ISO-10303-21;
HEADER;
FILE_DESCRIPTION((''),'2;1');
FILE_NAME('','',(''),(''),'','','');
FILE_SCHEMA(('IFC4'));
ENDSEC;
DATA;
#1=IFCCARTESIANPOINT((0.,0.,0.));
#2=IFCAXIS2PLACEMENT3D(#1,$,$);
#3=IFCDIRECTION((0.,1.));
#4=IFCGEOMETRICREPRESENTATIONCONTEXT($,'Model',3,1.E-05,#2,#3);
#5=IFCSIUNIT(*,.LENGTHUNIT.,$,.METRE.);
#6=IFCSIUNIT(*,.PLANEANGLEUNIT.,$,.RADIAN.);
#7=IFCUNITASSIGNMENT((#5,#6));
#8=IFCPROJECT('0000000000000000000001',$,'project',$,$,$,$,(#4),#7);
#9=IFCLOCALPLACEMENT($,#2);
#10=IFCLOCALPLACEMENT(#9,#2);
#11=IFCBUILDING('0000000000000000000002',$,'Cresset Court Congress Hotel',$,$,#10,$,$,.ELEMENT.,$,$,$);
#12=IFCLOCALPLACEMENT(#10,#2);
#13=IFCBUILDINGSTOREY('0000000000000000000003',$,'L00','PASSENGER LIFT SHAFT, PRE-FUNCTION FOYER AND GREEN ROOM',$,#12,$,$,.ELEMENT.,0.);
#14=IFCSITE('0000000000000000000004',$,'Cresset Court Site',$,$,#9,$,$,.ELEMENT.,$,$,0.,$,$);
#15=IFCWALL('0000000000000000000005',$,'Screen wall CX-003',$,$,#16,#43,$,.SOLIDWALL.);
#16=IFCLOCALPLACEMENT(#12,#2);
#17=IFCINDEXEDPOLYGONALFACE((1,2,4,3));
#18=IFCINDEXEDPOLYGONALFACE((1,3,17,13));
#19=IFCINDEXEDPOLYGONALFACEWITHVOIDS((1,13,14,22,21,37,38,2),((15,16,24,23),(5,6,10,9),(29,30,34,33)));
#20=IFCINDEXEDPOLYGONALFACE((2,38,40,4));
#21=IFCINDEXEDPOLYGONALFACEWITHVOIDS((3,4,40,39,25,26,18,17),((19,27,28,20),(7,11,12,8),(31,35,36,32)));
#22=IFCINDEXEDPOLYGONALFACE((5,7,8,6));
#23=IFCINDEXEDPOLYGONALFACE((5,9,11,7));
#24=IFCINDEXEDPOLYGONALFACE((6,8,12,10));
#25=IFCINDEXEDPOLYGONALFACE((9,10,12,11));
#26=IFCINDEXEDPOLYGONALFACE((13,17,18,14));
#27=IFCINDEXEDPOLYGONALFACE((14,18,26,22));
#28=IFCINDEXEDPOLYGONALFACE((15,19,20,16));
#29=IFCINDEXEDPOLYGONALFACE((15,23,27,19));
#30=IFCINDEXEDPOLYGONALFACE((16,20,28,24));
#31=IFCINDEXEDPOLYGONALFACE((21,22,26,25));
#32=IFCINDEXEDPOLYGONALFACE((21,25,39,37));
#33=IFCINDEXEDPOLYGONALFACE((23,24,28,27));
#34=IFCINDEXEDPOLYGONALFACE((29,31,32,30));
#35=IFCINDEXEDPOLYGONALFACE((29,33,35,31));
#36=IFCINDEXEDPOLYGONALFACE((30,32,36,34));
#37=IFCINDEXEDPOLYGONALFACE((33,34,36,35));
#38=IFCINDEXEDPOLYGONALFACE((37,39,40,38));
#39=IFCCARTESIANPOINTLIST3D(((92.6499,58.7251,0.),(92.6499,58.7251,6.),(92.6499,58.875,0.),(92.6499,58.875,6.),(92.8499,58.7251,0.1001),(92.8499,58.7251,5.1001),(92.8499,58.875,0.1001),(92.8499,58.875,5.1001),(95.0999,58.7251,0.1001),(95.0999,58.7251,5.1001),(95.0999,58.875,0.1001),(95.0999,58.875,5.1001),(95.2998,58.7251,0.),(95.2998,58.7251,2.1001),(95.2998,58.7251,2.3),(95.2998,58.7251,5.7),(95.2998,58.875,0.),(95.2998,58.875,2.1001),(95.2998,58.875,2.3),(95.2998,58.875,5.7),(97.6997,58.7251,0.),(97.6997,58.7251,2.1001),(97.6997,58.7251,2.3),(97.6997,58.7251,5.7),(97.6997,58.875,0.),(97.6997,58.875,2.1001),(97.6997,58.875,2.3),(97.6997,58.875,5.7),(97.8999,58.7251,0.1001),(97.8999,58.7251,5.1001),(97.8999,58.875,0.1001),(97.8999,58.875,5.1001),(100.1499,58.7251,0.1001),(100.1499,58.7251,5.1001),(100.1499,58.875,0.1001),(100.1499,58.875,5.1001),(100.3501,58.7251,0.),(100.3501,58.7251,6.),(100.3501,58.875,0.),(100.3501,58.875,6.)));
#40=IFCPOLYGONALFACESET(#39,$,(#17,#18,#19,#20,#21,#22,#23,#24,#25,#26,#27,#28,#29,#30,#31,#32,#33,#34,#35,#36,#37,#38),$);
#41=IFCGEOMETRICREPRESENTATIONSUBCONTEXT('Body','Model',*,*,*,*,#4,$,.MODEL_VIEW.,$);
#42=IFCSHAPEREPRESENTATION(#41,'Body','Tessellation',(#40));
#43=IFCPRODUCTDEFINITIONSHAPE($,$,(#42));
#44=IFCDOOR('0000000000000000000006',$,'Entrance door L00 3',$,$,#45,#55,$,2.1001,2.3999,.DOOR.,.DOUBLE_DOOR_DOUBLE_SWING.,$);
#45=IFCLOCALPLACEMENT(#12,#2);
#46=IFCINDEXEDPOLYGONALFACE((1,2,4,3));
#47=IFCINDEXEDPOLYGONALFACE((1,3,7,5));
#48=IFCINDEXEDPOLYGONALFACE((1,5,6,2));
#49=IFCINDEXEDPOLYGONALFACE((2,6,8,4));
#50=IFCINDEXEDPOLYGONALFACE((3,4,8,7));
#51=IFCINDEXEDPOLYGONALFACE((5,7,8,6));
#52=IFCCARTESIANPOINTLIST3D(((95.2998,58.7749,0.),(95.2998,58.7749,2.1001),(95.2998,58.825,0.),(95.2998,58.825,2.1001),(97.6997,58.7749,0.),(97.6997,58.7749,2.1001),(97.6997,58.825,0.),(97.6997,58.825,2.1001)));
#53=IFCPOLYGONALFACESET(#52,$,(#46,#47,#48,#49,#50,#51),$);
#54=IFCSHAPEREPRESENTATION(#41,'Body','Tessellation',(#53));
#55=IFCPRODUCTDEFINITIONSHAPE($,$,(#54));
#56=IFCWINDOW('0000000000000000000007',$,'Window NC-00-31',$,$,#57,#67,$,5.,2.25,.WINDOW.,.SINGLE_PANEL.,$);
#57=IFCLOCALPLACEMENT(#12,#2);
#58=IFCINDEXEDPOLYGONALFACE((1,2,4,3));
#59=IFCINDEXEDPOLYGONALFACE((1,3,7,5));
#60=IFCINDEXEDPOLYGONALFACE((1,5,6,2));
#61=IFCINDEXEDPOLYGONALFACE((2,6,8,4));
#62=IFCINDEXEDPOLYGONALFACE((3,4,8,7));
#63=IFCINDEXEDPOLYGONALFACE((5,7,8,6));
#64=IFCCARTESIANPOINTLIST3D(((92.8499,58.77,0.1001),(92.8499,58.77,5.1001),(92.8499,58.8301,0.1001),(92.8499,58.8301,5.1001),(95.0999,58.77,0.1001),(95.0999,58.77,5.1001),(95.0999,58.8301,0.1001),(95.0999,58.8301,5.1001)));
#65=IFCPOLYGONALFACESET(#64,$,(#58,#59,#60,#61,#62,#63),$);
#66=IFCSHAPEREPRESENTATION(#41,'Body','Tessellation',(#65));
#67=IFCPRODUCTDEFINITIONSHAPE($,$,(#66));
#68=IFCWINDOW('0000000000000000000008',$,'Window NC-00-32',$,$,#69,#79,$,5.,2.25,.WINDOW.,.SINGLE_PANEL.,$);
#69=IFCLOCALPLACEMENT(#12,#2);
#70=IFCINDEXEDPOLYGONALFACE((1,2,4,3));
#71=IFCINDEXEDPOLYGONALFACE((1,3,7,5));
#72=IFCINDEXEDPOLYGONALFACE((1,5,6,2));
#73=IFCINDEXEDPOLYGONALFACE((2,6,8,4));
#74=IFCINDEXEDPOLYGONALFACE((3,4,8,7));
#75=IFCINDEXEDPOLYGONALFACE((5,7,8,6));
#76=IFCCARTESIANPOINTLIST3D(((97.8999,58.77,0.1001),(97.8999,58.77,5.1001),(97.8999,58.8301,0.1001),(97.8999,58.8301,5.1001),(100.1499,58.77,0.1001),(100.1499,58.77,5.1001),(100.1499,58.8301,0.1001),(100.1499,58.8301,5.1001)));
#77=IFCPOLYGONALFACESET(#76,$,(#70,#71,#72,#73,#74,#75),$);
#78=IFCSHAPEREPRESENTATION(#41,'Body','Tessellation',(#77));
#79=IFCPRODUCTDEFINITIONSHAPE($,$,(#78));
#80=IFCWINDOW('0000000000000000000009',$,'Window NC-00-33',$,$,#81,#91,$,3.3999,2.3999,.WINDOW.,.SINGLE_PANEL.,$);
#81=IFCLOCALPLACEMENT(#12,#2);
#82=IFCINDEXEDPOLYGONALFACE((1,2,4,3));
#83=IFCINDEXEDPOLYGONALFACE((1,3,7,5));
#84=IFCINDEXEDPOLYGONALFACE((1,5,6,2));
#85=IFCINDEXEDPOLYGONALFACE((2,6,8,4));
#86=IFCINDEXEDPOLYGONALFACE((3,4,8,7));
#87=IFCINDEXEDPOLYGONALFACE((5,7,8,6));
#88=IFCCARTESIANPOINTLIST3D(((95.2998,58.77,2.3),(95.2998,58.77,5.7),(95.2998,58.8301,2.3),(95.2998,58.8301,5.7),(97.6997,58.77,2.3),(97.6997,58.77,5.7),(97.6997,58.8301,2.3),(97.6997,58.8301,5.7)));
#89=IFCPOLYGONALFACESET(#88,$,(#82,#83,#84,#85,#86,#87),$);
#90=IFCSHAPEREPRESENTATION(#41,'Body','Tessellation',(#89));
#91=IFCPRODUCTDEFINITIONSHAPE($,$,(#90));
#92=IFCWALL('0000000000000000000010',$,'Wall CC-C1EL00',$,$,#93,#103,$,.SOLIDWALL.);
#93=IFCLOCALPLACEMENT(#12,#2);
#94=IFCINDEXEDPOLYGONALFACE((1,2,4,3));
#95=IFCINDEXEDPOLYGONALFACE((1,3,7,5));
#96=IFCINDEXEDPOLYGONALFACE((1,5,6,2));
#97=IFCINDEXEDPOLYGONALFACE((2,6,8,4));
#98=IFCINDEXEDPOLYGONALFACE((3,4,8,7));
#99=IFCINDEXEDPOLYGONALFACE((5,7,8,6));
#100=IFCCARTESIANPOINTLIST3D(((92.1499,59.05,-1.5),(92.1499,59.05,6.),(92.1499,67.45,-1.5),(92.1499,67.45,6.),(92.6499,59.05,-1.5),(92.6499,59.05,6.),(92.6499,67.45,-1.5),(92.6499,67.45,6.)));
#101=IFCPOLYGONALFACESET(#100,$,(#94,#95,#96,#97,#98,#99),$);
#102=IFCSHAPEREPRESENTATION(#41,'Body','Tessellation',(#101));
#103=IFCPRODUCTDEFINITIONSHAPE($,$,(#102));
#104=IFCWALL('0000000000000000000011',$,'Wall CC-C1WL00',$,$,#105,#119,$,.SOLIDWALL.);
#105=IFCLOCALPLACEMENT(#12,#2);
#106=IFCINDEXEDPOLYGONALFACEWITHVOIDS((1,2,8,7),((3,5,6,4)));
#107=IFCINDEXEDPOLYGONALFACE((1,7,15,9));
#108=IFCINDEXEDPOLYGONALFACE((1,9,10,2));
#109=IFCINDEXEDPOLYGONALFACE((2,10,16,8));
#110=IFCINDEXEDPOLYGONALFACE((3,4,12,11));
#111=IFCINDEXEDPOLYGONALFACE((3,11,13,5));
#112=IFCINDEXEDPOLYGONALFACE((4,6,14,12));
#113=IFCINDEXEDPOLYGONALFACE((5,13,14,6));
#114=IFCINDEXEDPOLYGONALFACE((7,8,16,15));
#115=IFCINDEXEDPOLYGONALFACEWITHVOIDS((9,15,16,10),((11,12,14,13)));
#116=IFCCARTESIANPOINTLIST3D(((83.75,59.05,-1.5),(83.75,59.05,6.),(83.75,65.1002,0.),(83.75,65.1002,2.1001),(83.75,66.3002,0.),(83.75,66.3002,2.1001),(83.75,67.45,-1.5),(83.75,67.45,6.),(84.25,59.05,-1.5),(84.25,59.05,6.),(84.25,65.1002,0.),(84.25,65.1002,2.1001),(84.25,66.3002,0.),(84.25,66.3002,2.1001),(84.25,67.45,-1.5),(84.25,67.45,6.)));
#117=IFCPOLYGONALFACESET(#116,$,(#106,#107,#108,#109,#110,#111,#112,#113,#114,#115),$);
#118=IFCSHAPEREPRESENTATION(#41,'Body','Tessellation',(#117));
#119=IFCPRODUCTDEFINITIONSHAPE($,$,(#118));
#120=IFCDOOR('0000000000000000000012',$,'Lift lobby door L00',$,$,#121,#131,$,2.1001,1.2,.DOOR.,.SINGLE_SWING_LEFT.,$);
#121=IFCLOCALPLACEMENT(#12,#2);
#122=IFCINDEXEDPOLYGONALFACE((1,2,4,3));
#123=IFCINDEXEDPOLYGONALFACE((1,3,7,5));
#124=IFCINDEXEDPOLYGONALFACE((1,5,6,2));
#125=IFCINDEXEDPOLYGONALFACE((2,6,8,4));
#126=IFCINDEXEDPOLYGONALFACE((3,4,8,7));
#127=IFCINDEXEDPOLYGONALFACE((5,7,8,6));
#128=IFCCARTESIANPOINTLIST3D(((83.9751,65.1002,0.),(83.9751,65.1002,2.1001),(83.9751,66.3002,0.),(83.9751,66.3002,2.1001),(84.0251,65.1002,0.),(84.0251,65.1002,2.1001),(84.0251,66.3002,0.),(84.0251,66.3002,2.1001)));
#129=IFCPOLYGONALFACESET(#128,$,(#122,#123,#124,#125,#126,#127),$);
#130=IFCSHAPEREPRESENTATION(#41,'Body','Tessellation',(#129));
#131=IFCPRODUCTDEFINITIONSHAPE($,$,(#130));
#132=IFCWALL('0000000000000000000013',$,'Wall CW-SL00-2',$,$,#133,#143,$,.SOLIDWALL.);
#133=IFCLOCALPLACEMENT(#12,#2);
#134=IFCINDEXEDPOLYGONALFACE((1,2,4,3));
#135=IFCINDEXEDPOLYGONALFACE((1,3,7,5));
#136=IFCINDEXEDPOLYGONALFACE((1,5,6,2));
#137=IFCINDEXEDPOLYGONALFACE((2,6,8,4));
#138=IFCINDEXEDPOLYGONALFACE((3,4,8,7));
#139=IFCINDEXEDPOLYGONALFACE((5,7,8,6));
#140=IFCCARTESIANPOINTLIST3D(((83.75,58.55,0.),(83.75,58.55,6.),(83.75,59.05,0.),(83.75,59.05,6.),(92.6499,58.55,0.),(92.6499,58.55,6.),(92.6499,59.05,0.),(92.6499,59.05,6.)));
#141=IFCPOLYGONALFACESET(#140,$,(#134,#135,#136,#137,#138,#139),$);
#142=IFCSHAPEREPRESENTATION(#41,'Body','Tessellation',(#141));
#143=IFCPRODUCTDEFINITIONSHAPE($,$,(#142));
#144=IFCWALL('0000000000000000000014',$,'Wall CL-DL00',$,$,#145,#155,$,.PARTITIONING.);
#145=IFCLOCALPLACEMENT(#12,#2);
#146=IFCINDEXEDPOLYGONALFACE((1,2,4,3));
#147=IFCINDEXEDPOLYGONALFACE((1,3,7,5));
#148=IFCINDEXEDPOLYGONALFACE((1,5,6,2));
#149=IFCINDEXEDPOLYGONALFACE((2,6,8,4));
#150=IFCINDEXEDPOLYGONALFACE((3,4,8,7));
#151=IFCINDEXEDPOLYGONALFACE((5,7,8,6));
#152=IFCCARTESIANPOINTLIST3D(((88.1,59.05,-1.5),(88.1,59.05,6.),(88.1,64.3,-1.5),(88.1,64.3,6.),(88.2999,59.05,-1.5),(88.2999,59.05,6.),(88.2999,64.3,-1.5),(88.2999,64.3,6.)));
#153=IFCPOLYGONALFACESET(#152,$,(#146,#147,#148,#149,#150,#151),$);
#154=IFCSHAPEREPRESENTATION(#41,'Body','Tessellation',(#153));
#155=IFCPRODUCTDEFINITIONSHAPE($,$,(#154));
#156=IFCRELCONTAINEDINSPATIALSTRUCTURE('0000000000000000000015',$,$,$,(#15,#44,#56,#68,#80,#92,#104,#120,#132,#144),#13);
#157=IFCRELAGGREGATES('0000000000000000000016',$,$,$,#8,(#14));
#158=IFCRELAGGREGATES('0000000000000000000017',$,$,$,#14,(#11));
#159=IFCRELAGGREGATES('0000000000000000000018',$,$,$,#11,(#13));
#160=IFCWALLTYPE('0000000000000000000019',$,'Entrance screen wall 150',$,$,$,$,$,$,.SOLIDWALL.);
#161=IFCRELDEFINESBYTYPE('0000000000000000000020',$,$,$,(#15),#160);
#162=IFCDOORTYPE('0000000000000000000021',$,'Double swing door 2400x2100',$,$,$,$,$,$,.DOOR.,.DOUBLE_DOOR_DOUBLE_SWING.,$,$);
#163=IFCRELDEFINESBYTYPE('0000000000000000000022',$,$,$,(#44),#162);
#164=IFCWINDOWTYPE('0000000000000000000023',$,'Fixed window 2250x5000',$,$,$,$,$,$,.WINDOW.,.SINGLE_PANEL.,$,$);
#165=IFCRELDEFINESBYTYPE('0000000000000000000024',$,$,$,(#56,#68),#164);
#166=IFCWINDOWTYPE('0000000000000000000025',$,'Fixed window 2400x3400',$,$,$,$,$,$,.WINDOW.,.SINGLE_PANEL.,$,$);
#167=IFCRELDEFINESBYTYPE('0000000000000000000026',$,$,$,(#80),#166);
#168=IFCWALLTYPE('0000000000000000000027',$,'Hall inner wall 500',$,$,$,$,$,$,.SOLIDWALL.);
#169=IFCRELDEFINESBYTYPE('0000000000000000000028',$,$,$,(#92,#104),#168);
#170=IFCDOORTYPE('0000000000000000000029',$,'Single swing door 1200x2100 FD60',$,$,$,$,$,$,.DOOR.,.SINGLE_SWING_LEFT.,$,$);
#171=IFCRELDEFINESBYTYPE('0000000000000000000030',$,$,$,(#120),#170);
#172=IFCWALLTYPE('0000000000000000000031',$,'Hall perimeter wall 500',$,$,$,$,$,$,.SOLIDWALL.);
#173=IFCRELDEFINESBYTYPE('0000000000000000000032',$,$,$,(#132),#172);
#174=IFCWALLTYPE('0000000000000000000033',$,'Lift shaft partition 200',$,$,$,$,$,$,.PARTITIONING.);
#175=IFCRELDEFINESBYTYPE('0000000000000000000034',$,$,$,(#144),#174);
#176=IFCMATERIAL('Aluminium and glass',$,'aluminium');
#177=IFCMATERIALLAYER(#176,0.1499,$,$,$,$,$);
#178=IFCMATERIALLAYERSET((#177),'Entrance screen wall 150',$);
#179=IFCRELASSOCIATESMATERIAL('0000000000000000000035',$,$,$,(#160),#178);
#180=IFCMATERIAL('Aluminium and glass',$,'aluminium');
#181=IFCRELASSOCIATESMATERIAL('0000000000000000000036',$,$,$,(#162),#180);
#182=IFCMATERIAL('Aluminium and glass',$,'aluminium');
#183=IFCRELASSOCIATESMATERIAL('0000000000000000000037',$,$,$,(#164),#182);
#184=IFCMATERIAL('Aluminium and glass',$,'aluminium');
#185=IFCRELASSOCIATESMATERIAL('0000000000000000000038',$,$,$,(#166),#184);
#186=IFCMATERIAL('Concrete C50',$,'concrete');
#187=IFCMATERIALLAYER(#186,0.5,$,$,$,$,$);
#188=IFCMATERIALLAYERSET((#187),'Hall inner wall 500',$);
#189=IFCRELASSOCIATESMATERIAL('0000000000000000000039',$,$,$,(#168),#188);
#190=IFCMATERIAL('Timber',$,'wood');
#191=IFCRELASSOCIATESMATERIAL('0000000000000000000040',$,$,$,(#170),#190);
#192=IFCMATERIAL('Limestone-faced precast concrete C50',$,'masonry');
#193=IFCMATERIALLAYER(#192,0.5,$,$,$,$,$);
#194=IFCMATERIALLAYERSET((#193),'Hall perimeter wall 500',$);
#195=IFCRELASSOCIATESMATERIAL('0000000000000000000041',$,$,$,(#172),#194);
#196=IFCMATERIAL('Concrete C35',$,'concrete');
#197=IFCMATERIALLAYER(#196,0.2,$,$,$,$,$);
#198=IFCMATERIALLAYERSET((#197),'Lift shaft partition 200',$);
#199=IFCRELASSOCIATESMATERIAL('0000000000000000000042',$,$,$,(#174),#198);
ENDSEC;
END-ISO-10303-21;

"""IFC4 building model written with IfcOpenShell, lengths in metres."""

from ifc_helpers import new_model, si_unit, direction, frame, frame_2d, origin, place, context, subcontext, project, spatial, rectangle, extrude, material, layer, layer_set, type_object, element, fill, save


model = new_model("IFC4")

# Units and contexts
model_context = context("Model", 3, precision=1e-05, world=origin(), true_north=direction((0.0, 1.0)))
body_context = subcontext(model_context, "Body", "Model", "MODEL_VIEW")
ifc_project = project(units=[si_unit("LENGTHUNIT", "METRE"), si_unit("PLANEANGLEUNIT", "RADIAN")], contexts=[model_context])

# Site, building, storey
site_placement = place(None, origin())
site = spatial("IfcSite", under=ifc_project, at=site_placement, Name="Cresset Court Site", CompositionType="ELEMENT", RefElevation=0.0)
building_placement = place(site_placement, origin())
building = spatial("IfcBuilding", under=site, at=building_placement, Name="Cresset Court Congress Hotel", CompositionType="ELEMENT")
storey_placement = place(building_placement, origin())
storey = spatial("IfcBuildingStorey", under=building, at=storey_placement, Name="L00", Description="PASSENGER LIFT SHAFT, PRE-FUNCTION FOYER AND GREEN ROOM", CompositionType="ELEMENT", Elevation=0.0)

# Wall, openings, door, windows
ifc_material_1 = material(Name="Aluminium and glass", Category="aluminium")
ifc_layer_1 = layer(ifc_material_1, 0.1499)
ifc_layer_set_1 = layer_set([ifc_layer_1], Name="Entrance screen wall 150")
wall_type_1 = type_object("IfcWallType", Name="Entrance screen wall 150", PredefinedType="SOLIDWALL", material=ifc_layer_set_1)
wall_1_placement = place(storey_placement, frame((92.6499, 58.8, 0.0), z_axis=(0.0, 0.0, 1.0), x_axis=(1.0, 0.0, 0.0)))
wall_1 = element("IfcWall", 1, at=wall_1_placement, inside=storey, type_object=wall_type_1, Name="Screen wall CX-003", PredefinedType="SOLIDWALL", context=body_context, shape_type="SweptSolid", body=[
    extrude(rectangle(XDim=7.7002, YDim=0.1499, at=frame_2d((3.8501, 0.0))), origin(), (0.0, 0.0, 1.0), 6.0),
])
opening_1_placement = place(wall_1_placement, frame((2.6499, 0.0, 0.0)))
opening_1 = element("IfcOpeningElement", 2, at=opening_1_placement, cuts=wall_1, PredefinedType="OPENING", context=body_context, shape_type="SweptSolid", body=[
    extrude(rectangle(XDim=2.3999, YDim=2.1001, at=frame_2d((1.2, 1.05))), frame((0.0, 0.085, 0.0), z_axis=(0.0, -1.0, 0.0), x_axis=(1.0, 0.0, 0.0)), (0.0, 0.0, 1.0), 0.1699),
])
opening_2_placement = place(wall_1_placement, frame((0.2, 0.0, 0.1001)))
opening_2 = element("IfcOpeningElement", 3, at=opening_2_placement, cuts=wall_1, PredefinedType="OPENING", context=body_context, shape_type="SweptSolid", body=[
    extrude(rectangle(XDim=2.25, YDim=5.0, at=frame_2d((1.125, 2.5))), frame((0.0, 0.085, 0.0), z_axis=(0.0, -1.0, 0.0), x_axis=(1.0, 0.0, 0.0)), (0.0, 0.0, 1.0), 0.1699),
])
opening_3_placement = place(wall_1_placement, frame((5.25, 0.0, 0.1001)))
opening_3 = element("IfcOpeningElement", 4, at=opening_3_placement, cuts=wall_1, PredefinedType="OPENING", context=body_context, shape_type="SweptSolid", body=[
    extrude(rectangle(XDim=2.25, YDim=5.0, at=frame_2d((1.125, 2.5))), frame((0.0, 0.085, 0.0), z_axis=(0.0, -1.0, 0.0), x_axis=(1.0, 0.0, 0.0)), (0.0, 0.0, 1.0), 0.1699),
])
opening_4_placement = place(wall_1_placement, frame((2.6499, 0.0, 2.3)))
opening_4 = element("IfcOpeningElement", 5, at=opening_4_placement, cuts=wall_1, PredefinedType="OPENING", context=body_context, shape_type="SweptSolid", body=[
    extrude(rectangle(XDim=2.3999, YDim=3.3999, at=frame_2d((1.2, 1.7))), frame((0.0, 0.085, 0.0), z_axis=(0.0, -1.0, 0.0), x_axis=(1.0, 0.0, 0.0)), (0.0, 0.0, 1.0), 0.1699),
])
ifc_material_2 = material(Name="Aluminium and glass", Category="aluminium")
door_type_1 = type_object("IfcDoorType", Name="Double swing door 2400x2100", OperationType="DOUBLE_DOOR_DOUBLE_SWING", PredefinedType="DOOR", material=ifc_material_2)
door_1_placement = place(opening_1_placement, origin())
door_1 = element("IfcDoor", 6, at=door_1_placement, inside=storey, type_object=door_type_1, Name="Entrance door L00 3", OperationType="DOUBLE_DOOR_DOUBLE_SWING", OverallHeight=2.1001, OverallWidth=2.3999, PredefinedType="DOOR", context=body_context, shape_type="SweptSolid", body=[
    extrude(rectangle(XDim=2.3999, YDim=2.1001, at=frame_2d((1.2, 1.05))), frame((0.0, 0.0249, 0.0), z_axis=(0.0, -1.0, 0.0), x_axis=(1.0, 0.0, 0.0)), (0.0, 0.0, 1.0), 0.05),
])
fill(opening_1, door_1)
ifc_material_3 = material(Name="Aluminium and glass", Category="aluminium")
window_type_1 = type_object("IfcWindowType", Name="Fixed window 2250x5000", PartitioningType="SINGLE_PANEL", PredefinedType="WINDOW", material=ifc_material_3)
window_1_placement = place(opening_2_placement, origin())
window_1 = element("IfcWindow", 7, at=window_1_placement, inside=storey, type_object=window_type_1, Name="Window NC-00-31", OverallHeight=5.0, OverallWidth=2.25, PartitioningType="SINGLE_PANEL", PredefinedType="WINDOW", context=body_context, shape_type="SweptSolid", body=[
    extrude(rectangle(XDim=2.25, YDim=5.0, at=frame_2d((1.125, 2.5))), frame((0.0, 0.03, 0.0), z_axis=(0.0, -1.0, 0.0), x_axis=(1.0, 0.0, 0.0)), (0.0, 0.0, 1.0), 0.0601),
])
fill(opening_2, window_1)
window_2_placement = place(opening_3_placement, origin())
window_2 = element("IfcWindow", 8, at=window_2_placement, inside=storey, type_object=window_type_1, Name="Window NC-00-32", OverallHeight=5.0, OverallWidth=2.25, PartitioningType="SINGLE_PANEL", PredefinedType="WINDOW", context=body_context, shape_type="SweptSolid", body=[
    extrude(rectangle(XDim=2.25, YDim=5.0, at=frame_2d((1.125, 2.5))), frame((0.0, 0.03, 0.0), z_axis=(0.0, -1.0, 0.0), x_axis=(1.0, 0.0, 0.0)), (0.0, 0.0, 1.0), 0.0601),
])
fill(opening_3, window_2)
ifc_material_4 = material(Name="Aluminium and glass", Category="aluminium")
window_type_2 = type_object("IfcWindowType", Name="Fixed window 2400x3400", PartitioningType="SINGLE_PANEL", PredefinedType="WINDOW", material=ifc_material_4)
window_3_placement = place(opening_4_placement, origin())
window_3 = element("IfcWindow", 9, at=window_3_placement, inside=storey, type_object=window_type_2, Name="Window NC-00-33", OverallHeight=3.3999, OverallWidth=2.3999, PartitioningType="SINGLE_PANEL", PredefinedType="WINDOW", context=body_context, shape_type="SweptSolid", body=[
    extrude(rectangle(XDim=2.3999, YDim=3.3999, at=frame_2d((1.2, 1.7))), frame((0.0, 0.03, 0.0), z_axis=(0.0, -1.0, 0.0), x_axis=(1.0, 0.0, 0.0)), (0.0, 0.0, 1.0), 0.0601),
])
fill(opening_4, window_3)

# Wall
ifc_material_5 = material(Name="Concrete C50", Category="concrete")
ifc_layer_2 = layer(ifc_material_5, 0.5)
ifc_layer_set_2 = layer_set([ifc_layer_2], Name="Hall inner wall 500")
wall_type_2 = type_object("IfcWallType", Name="Hall inner wall 500", PredefinedType="SOLIDWALL", material=ifc_layer_set_2)
wall_2_placement = place(storey_placement, frame((92.3999, 59.05, -1.5), z_axis=(0.0, 0.0, 1.0), x_axis=(0.0, 1.0, 0.0)))
element("IfcWall", 10, at=wall_2_placement, inside=storey, type_object=wall_type_2, Name="Wall CC-C1EL00", PredefinedType="SOLIDWALL", context=body_context, shape_type="SweptSolid", body=[
    extrude(rectangle(XDim=8.3999, YDim=0.5, at=frame_2d((4.2, 0.0))), origin(), (0.0, 0.0, 1.0), 7.5),
])

# Wall, opening, door
wall_3_placement = place(storey_placement, frame((84.0, 59.05, -1.5), z_axis=(0.0, 0.0, 1.0), x_axis=(0.0, 1.0, 0.0)))
wall_3 = element("IfcWall", 11, at=wall_3_placement, inside=storey, type_object=wall_type_2, Name="Wall CC-C1WL00", PredefinedType="SOLIDWALL", context=body_context, shape_type="SweptSolid", body=[
    extrude(rectangle(XDim=8.3999, YDim=0.5, at=frame_2d((4.2, 0.0))), origin(), (0.0, 0.0, 1.0), 7.5),
])
opening_5_placement = place(wall_3_placement, frame((6.05, 0.0, 1.5)))
opening_5 = element("IfcOpeningElement", 12, at=opening_5_placement, cuts=wall_3, PredefinedType="OPENING", context=body_context, shape_type="SweptSolid", body=[
    extrude(rectangle(XDim=1.2, YDim=2.1001, at=frame_2d((0.6001, 1.05))), frame((0.0, 0.26, 0.0), z_axis=(0.0, -1.0, 0.0), x_axis=(1.0, 0.0, 0.0)), (0.0, 0.0, 1.0), 0.52),
])
ifc_material_6 = material(Name="Timber", Category="wood")
door_type_2 = type_object("IfcDoorType", Name="Single swing door 1200x2100 FD60", OperationType="SINGLE_SWING_LEFT", PredefinedType="DOOR", material=ifc_material_6)
door_2_placement = place(opening_5_placement, origin())
door_2 = element("IfcDoor", 13, at=door_2_placement, inside=storey, type_object=door_type_2, Name="Lift lobby door L00", OperationType="SINGLE_SWING_LEFT", OverallHeight=2.1001, OverallWidth=1.2, PredefinedType="DOOR", context=body_context, shape_type="SweptSolid", body=[
    extrude(rectangle(XDim=1.2, YDim=2.1001, at=frame_2d((0.6001, 1.05))), frame((0.0, 0.0249, 0.0), z_axis=(0.0, -1.0, 0.0), x_axis=(1.0, 0.0, 0.0)), (0.0, 0.0, 1.0), 0.05),
])
fill(opening_5, door_2)

# Walls
ifc_material_7 = material(Name="Limestone-faced precast concrete C50", Category="masonry")
ifc_layer_3 = layer(ifc_material_7, 0.5)
ifc_layer_set_3 = layer_set([ifc_layer_3], Name="Hall perimeter wall 500")
wall_type_3 = type_object("IfcWallType", Name="Hall perimeter wall 500", PredefinedType="SOLIDWALL", material=ifc_layer_set_3)
wall_4_placement = place(storey_placement, frame((92.6499, 58.8, 0.0), z_axis=(0.0, 0.0, 1.0), x_axis=(-1.0, 0.0, 0.0)))
element("IfcWall", 14, at=wall_4_placement, inside=storey, type_object=wall_type_3, Name="Wall CW-SL00-2", PredefinedType="SOLIDWALL", context=body_context, shape_type="SweptSolid", body=[
    extrude(rectangle(XDim=8.8999, YDim=0.5, at=frame_2d((4.45, 0.0))), origin(), (0.0, 0.0, 1.0), 6.0),
])
ifc_material_8 = material(Name="Concrete C35", Category="concrete")
ifc_layer_4 = layer(ifc_material_8, 0.2)
ifc_layer_set_4 = layer_set([ifc_layer_4], Name="Lift shaft partition 200")
wall_type_4 = type_object("IfcWallType", Name="Lift shaft partition 200", PredefinedType="PARTITIONING", material=ifc_layer_set_4)
wall_5_placement = place(storey_placement, frame((88.2, 59.05, -1.5), z_axis=(0.0, 0.0, 1.0), x_axis=(0.0, 1.0, 0.0)))
element("IfcWall", 15, at=wall_5_placement, inside=storey, type_object=wall_type_4, Name="Wall CL-DL00", PredefinedType="PARTITIONING", context=body_context, shape_type="SweptSolid", body=[
    extrude(rectangle(XDim=5.25, YDim=0.2, at=frame_2d((2.625, 0.0))), origin(), (0.0, 0.0, 1.0), 7.5),
])

save(model, "model.ifc")
